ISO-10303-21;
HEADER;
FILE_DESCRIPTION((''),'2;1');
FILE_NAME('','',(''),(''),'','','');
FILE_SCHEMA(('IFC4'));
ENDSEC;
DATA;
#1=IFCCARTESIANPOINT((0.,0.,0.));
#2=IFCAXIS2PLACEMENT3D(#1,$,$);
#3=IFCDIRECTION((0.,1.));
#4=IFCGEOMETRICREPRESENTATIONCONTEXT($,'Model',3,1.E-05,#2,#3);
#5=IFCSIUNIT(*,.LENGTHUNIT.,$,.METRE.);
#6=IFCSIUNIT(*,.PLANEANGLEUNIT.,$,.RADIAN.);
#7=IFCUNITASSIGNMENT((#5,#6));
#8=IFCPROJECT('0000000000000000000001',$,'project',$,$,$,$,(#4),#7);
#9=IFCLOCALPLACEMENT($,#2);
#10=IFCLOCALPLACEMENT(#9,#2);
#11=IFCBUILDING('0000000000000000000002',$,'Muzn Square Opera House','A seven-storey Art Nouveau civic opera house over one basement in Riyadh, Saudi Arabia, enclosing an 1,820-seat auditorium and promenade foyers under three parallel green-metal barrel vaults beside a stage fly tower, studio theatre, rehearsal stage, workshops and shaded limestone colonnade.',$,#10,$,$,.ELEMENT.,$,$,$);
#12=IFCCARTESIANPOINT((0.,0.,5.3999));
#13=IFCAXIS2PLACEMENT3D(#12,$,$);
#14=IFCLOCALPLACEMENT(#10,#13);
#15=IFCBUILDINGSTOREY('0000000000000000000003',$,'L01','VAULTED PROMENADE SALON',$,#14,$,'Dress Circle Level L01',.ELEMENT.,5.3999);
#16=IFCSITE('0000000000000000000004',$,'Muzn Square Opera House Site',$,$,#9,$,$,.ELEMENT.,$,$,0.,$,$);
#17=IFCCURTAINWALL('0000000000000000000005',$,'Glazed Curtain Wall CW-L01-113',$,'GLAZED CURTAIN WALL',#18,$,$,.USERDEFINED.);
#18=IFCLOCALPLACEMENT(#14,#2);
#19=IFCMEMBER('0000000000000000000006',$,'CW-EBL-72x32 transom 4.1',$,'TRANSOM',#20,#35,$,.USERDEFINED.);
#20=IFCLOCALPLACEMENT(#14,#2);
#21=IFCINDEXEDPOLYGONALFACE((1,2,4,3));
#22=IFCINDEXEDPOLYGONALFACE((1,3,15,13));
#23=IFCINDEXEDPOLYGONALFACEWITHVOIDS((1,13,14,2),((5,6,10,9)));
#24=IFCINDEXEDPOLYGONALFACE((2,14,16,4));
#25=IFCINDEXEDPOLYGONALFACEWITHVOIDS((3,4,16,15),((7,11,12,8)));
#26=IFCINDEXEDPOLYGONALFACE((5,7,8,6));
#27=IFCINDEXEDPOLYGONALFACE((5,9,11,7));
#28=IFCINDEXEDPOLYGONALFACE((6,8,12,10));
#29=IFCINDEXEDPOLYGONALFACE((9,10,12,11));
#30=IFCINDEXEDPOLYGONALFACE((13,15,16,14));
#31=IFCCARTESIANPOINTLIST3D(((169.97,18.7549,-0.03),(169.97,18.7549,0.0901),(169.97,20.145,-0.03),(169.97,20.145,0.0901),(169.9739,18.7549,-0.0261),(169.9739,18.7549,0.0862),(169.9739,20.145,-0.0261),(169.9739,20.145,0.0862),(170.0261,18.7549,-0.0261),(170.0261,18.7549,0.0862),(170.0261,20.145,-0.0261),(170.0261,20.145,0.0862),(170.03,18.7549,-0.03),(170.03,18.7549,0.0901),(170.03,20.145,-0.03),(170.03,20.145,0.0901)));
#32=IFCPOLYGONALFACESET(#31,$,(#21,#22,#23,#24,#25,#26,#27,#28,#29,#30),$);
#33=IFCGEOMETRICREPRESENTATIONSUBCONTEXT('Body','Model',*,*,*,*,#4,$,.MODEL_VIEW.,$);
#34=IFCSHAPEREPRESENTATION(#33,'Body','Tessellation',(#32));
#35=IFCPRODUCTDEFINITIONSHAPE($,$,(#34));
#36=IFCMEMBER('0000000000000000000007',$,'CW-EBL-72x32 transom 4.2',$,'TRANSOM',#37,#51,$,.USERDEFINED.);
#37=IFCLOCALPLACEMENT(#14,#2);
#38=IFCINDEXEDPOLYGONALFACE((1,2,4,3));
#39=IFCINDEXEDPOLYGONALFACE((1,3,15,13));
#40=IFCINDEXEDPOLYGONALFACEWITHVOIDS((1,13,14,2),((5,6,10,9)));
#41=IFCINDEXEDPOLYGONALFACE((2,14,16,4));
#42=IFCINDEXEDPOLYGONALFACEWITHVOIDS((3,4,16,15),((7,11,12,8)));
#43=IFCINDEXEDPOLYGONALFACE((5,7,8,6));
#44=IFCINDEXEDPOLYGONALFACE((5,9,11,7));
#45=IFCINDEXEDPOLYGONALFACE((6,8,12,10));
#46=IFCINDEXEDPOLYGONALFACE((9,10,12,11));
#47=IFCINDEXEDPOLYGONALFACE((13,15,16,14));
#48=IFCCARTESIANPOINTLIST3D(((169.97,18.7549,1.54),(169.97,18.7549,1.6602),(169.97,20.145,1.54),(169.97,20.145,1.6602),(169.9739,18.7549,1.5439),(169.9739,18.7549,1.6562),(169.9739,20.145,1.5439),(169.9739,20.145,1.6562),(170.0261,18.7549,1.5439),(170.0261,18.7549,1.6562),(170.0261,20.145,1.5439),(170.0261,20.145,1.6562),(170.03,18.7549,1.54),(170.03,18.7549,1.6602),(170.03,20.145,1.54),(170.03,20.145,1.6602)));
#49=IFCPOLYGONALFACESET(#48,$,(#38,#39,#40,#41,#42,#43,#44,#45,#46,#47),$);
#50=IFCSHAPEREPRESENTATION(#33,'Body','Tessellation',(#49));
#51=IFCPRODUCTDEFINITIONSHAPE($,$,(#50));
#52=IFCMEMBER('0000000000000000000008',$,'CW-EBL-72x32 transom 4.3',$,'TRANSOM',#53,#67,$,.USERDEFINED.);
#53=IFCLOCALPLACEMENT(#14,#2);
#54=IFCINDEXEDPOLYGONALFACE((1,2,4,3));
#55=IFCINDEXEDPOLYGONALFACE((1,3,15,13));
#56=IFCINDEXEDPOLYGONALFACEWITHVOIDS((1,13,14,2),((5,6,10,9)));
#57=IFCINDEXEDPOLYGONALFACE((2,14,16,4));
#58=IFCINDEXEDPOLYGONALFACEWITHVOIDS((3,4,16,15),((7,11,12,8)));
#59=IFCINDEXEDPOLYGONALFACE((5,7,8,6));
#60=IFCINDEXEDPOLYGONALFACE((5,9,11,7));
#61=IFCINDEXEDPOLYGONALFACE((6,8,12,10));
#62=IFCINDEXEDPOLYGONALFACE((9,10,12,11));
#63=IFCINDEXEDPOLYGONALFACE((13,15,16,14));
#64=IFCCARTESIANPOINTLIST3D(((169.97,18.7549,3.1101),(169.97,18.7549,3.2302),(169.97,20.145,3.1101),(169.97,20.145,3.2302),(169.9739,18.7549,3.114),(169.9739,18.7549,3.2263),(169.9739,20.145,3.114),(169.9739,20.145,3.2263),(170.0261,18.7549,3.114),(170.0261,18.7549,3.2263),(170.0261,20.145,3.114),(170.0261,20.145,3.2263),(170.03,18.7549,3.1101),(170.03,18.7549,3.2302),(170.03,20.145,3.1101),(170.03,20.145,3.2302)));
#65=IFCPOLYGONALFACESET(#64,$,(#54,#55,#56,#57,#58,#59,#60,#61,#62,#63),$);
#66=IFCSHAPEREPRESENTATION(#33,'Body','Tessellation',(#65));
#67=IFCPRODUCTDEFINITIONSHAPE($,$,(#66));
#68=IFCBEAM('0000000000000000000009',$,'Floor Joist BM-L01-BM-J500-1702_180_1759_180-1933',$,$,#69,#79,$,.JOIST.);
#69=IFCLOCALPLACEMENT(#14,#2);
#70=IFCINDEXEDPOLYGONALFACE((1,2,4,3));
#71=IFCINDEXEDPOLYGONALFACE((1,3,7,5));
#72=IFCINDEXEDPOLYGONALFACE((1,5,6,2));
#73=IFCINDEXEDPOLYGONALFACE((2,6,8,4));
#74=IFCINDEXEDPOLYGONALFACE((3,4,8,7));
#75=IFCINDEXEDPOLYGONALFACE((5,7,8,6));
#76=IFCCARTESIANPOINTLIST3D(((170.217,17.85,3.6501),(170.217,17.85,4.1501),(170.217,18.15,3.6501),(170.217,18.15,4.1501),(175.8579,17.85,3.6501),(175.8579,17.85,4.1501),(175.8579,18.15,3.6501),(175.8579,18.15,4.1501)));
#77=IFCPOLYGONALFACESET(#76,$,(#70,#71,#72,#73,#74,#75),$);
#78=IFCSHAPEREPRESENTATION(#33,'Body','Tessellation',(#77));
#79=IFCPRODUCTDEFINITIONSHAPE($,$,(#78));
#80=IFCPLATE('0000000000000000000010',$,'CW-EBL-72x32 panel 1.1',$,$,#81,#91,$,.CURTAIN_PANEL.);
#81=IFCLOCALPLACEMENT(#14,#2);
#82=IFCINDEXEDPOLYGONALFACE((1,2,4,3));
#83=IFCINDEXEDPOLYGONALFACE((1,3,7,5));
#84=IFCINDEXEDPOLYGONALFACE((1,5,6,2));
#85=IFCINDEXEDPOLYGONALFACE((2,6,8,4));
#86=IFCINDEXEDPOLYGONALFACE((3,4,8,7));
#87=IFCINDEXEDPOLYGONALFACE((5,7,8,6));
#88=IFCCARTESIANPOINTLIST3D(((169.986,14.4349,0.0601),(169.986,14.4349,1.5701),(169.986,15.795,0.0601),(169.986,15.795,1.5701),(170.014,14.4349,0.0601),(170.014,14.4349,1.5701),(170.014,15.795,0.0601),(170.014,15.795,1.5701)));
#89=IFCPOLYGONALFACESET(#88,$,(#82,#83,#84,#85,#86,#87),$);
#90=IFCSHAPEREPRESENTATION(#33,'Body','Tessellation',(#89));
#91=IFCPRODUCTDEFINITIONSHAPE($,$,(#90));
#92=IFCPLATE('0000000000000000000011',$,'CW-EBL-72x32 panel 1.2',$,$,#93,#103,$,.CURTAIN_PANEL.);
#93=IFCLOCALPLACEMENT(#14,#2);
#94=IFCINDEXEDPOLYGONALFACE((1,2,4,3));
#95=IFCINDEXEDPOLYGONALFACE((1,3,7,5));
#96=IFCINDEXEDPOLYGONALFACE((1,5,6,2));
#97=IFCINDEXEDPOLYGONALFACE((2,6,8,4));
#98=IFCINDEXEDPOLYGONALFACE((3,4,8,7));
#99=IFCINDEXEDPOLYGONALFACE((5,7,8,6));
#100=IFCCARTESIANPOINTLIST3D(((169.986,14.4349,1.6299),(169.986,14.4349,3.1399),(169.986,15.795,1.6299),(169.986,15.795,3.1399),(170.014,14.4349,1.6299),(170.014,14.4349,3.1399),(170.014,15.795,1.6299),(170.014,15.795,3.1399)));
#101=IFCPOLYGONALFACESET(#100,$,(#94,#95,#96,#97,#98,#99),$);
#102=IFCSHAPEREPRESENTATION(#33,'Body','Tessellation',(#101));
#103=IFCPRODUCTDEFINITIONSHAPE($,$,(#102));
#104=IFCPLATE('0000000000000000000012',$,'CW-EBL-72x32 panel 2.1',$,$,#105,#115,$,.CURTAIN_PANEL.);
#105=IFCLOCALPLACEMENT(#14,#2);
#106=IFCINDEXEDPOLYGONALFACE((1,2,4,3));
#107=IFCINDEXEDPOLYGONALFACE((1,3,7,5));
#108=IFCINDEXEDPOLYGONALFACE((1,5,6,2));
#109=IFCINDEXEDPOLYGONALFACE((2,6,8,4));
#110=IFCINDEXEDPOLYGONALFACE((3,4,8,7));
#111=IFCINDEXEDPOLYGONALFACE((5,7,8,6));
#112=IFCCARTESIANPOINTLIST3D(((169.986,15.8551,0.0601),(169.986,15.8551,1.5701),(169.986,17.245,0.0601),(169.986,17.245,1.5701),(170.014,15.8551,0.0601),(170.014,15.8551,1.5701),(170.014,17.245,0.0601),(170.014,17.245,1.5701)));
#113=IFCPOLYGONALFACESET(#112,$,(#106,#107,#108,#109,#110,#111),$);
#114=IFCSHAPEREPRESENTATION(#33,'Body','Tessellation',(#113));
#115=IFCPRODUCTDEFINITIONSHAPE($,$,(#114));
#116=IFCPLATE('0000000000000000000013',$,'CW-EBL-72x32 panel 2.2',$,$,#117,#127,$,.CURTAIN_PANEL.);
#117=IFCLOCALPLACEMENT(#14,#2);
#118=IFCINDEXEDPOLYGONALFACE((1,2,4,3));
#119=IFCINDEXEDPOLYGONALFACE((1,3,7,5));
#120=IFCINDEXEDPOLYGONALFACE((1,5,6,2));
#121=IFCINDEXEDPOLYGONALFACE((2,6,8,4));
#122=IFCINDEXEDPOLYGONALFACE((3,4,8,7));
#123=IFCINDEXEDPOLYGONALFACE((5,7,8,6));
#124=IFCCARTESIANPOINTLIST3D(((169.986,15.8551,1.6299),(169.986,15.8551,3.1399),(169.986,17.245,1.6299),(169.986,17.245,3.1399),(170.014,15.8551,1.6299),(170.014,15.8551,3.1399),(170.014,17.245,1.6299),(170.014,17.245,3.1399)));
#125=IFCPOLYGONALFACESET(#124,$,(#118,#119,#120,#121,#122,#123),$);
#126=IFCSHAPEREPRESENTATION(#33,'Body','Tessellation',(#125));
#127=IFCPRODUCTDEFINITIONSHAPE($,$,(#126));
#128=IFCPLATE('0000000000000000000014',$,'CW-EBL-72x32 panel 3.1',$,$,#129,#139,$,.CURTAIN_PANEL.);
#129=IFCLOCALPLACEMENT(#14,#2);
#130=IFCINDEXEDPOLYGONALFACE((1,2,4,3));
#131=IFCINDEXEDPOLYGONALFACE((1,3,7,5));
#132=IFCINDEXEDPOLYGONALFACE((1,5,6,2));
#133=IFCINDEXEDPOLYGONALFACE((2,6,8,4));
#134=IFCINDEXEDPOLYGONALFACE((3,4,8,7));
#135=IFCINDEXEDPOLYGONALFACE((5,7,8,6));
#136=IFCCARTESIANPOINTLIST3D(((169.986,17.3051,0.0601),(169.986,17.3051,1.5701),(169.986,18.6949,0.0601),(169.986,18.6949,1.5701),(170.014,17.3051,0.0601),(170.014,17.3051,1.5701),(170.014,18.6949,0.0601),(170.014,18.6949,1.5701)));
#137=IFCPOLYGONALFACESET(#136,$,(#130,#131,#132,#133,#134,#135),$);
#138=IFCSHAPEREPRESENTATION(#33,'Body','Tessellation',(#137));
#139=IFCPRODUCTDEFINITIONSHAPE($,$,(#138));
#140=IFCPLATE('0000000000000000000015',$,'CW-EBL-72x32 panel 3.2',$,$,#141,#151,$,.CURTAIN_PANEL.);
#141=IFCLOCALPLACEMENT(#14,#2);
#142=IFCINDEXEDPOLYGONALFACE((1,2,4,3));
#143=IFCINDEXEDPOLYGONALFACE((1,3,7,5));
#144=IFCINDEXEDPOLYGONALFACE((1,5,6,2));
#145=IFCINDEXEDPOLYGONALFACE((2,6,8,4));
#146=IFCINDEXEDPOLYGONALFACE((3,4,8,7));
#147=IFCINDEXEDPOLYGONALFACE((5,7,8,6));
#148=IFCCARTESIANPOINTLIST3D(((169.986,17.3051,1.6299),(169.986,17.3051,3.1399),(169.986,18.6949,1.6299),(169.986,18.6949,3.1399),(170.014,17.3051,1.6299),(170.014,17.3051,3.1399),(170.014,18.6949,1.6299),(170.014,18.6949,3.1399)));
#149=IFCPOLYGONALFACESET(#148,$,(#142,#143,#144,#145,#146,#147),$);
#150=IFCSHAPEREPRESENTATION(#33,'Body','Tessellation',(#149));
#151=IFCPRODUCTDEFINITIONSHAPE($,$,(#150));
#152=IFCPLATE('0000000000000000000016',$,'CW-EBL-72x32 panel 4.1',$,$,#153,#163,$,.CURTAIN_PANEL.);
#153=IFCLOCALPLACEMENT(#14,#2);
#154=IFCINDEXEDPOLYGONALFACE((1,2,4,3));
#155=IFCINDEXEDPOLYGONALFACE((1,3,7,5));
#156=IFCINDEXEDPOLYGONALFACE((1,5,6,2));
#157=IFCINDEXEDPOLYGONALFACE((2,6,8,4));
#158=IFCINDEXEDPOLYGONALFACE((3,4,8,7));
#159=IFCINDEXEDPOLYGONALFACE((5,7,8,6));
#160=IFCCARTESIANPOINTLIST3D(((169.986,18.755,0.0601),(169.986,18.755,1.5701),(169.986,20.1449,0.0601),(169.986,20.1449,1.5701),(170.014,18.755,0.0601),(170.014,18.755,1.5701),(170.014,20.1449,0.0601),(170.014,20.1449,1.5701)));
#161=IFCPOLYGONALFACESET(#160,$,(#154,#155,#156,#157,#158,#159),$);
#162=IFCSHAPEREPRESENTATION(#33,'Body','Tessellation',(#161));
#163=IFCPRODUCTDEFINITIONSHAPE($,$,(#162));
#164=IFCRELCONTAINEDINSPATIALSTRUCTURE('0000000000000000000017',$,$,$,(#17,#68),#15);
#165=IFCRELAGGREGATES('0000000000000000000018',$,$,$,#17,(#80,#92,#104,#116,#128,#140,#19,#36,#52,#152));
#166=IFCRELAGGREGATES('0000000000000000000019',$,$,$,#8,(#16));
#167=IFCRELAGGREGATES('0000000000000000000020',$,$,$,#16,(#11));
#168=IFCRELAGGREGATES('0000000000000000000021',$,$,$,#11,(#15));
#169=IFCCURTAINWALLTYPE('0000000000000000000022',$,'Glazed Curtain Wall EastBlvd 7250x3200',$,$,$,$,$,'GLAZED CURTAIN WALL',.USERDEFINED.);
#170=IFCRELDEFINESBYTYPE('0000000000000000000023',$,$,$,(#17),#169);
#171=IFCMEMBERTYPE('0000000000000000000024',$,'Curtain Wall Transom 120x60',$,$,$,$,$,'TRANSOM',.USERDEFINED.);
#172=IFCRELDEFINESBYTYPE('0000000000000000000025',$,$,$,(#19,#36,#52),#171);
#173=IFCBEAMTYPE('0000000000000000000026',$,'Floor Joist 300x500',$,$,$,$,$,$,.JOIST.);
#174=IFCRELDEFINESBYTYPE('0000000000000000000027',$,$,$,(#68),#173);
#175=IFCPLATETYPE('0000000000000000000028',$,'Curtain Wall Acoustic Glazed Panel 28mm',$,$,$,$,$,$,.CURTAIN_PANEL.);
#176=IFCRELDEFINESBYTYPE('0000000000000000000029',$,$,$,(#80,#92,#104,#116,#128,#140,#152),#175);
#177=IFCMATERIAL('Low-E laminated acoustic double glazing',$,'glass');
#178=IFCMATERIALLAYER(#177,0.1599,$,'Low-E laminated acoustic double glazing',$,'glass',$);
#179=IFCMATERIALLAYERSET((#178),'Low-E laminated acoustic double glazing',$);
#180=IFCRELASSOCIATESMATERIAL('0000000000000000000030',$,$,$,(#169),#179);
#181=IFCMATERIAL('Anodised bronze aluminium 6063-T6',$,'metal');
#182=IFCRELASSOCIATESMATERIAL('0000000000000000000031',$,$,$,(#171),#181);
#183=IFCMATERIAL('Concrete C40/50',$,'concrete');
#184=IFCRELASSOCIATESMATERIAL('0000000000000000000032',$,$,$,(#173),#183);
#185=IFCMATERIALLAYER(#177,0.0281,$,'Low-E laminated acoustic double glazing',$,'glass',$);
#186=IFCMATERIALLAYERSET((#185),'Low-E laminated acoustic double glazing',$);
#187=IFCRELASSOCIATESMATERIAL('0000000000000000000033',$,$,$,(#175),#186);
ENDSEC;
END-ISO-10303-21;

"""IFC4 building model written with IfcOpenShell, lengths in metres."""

from ifc_helpers import new_model, si_unit, direction, frame, origin, origin_2d, place, context, subcontext, project, spatial, rectangle, hollow_rectangle, extrude, material, layer, layer_set, material_profile, profile_set, type_object, element, aggregate, save


model = new_model("IFC4")

# Units and contexts
model_context = context("Model", 3, precision=1e-05, world=origin(), true_north=direction((0.0, 1.0)))
body_context = subcontext(model_context, "Body", "Model", "MODEL_VIEW")
ifc_project = project(units=[si_unit("LENGTHUNIT", "METRE"), si_unit("PLANEANGLEUNIT", "RADIAN")], contexts=[model_context])

# Site, building, storey
site_placement = place(None, origin())
site = spatial("IfcSite", under=ifc_project, at=site_placement, Name="Muzn Square Opera House Site", CompositionType="ELEMENT", RefElevation=0.0)
building_placement = place(site_placement, origin())
building = spatial("IfcBuilding", under=site, at=building_placement, Name="Muzn Square Opera House", Description="A seven-storey Art Nouveau civic opera house over one basement in Riyadh, Saudi Arabia, enclosing an 1,820-seat auditorium and promenade foyers under three parallel green-metal barrel vaults beside a stage fly tower, studio theatre, rehearsal stage, workshops and shaded limestone colonnade.", CompositionType="ELEMENT")
storey_placement = place(building_placement, frame((0.0, 0.0, 5.3999)))
storey = spatial("IfcBuildingStorey", under=building, at=storey_placement, Name="L01", Description="VAULTED PROMENADE SALON", LongName="Dress Circle Level L01", CompositionType="ELEMENT", Elevation=5.3999)

# Curtain wall, members
ifc_material_1 = material(Name="Low-E laminated acoustic double glazing", Category="glass")
ifc_layer_1 = layer(ifc_material_1, 0.1599, Name="Low-E laminated acoustic double glazing", Category="glass")
ifc_layer_set_1 = layer_set([ifc_layer_1], Name="Low-E laminated acoustic double glazing")
curtain_wall_type = type_object("IfcCurtainWallType", Name="Glazed Curtain Wall EastBlvd 7250x3200", ElementType="GLAZED CURTAIN WALL", PredefinedType="USERDEFINED", material=ifc_layer_set_1)
curtain_wall_placement = place(storey_placement, origin())
curtain_wall = element("IfcCurtainWall", 1, at=curtain_wall_placement, inside=storey, type_object=curtain_wall_type, Name="Glazed Curtain Wall CW-L01-113", ObjectType="GLAZED CURTAIN WALL", PredefinedType="USERDEFINED")
ifc_material_2 = material(Name="Anodised bronze aluminium 6063-T6", Category="metal")
ifc_material_profile_1 = material_profile(ifc_material_2, hollow_rectangle(XDim=0.0601, YDim=0.1201, WallThickness=0.0039, at=origin_2d()), Name="ALU 120x60x4", Category="metal")
ifc_profile_set_1 = profile_set([ifc_material_profile_1], Name="Anodised bronze aluminium 6063-T6")
member_type_1 = type_object("IfcMemberType", Name="Curtain Wall Transom 120x60", ElementType="TRANSOM", PredefinedType="USERDEFINED", material=ifc_profile_set_1)
member_1_placement = place(storey_placement, frame((170.0, 18.7549, 0.03), z_axis=(0.0, 1.0, 0.0), x_axis=(-1.0, 0.0, 0.0)))
member_1 = element("IfcMember", 2, at=member_1_placement, type_object=member_type_1, Name="CW-EBL-72x32 transom 4.1", ObjectType="TRANSOM", PredefinedType="USERDEFINED", context=body_context, shape_type="SweptSolid", body=[
    extrude(hollow_rectangle(XDim=0.0601, YDim=0.1201, WallThickness=0.0039, at=origin_2d()), origin(), (0.0, 0.0, 1.0), 1.3901),
])
member_2_placement = place(storey_placement, frame((170.0, 18.7549, 1.6001), z_axis=(0.0, 1.0, 0.0), x_axis=(-1.0, 0.0, 0.0)))
member_2 = element("IfcMember", 3, at=member_2_placement, type_object=member_type_1, Name="CW-EBL-72x32 transom 4.2", ObjectType="TRANSOM", PredefinedType="USERDEFINED", context=body_context, shape_type="SweptSolid", body=[
    extrude(hollow_rectangle(XDim=0.0601, YDim=0.1201, WallThickness=0.0039, at=origin_2d()), origin(), (0.0, 0.0, 1.0), 1.3901),
])
member_3_placement = place(storey_placement, frame((170.0, 18.7549, 3.1702), z_axis=(0.0, 1.0, 0.0), x_axis=(-1.0, 0.0, 0.0)))
member_3 = element("IfcMember", 4, at=member_3_placement, type_object=member_type_1, Name="CW-EBL-72x32 transom 4.3", ObjectType="TRANSOM", PredefinedType="USERDEFINED", context=body_context, shape_type="SweptSolid", body=[
    extrude(hollow_rectangle(XDim=0.0601, YDim=0.1201, WallThickness=0.0039, at=origin_2d()), origin(), (0.0, 0.0, 1.0), 1.3901),
])

# Beam
ifc_material_3 = material(Name="Concrete C40/50", Category="concrete")
ifc_material_profile_2 = material_profile(ifc_material_3, rectangle(XDim=0.3, YDim=0.5, at=origin_2d()), Name="RCJ 300x500", Category="concrete")
ifc_profile_set_2 = profile_set([ifc_material_profile_2], Name="Concrete C40/50")
beam_type = type_object("IfcBeamType", Name="Floor Joist 300x500", PredefinedType="JOIST", material=ifc_profile_set_2)
beam_placement = place(storey_placement, frame((170.217, 18.0, 3.9001), z_axis=(1.0, 0.0, 0.0), x_axis=(0.0, 1.0, 0.0)))
element("IfcBeam", 5, at=beam_placement, inside=storey, type_object=beam_type, Name="Floor Joist BM-L01-BM-J500-1702_180_1759_180-1933", PredefinedType="JOIST", context=body_context, shape_type="SweptSolid", body=[
    extrude(rectangle(XDim=0.3, YDim=0.5, at=origin_2d()), origin(), (0.0, 0.0, 1.0), 5.6409),
])

# Plates
ifc_layer_2 = layer(ifc_material_1, 0.0281, Name="Low-E laminated acoustic double glazing", Category="glass")
ifc_layer_set_2 = layer_set([ifc_layer_2], Name="Low-E laminated acoustic double glazing")
plate_type = type_object("IfcPlateType", Name="Curtain Wall Acoustic Glazed Panel 28mm", PredefinedType="CURTAIN_PANEL", material=ifc_layer_set_2)
plate_1_placement = place(storey_placement, frame((170.0, 15.115, 0.0601), z_axis=(0.0, 0.0, 1.0), x_axis=(0.0, 1.0, 0.0)))
plate_1 = element("IfcPlate", 6, at=plate_1_placement, type_object=plate_type, Name="CW-EBL-72x32 panel 1.1", PredefinedType="CURTAIN_PANEL", context=body_context, shape_type="SweptSolid", body=[
    extrude(rectangle(XDim=1.3601, YDim=0.0281, at=origin_2d()), origin(), (0.0, 0.0, 1.0), 1.51),
])
plate_2_placement = place(storey_placement, frame((170.0, 15.115, 1.6299), z_axis=(0.0, 0.0, 1.0), x_axis=(0.0, 1.0, 0.0)))
plate_2 = element("IfcPlate", 7, at=plate_2_placement, type_object=plate_type, Name="CW-EBL-72x32 panel 1.2", PredefinedType="CURTAIN_PANEL", context=body_context, shape_type="SweptSolid", body=[
    extrude(rectangle(XDim=1.3601, YDim=0.0281, at=origin_2d()), origin(), (0.0, 0.0, 1.0), 1.51),
])
plate_3_placement = place(storey_placement, frame((170.0, 16.55, 0.0601), z_axis=(0.0, 0.0, 1.0), x_axis=(0.0, 1.0, 0.0)))
plate_3 = element("IfcPlate", 8, at=plate_3_placement, type_object=plate_type, Name="CW-EBL-72x32 panel 2.1", PredefinedType="CURTAIN_PANEL", context=body_context, shape_type="SweptSolid", body=[
    extrude(rectangle(XDim=1.3899, YDim=0.0281, at=origin_2d()), origin(), (0.0, 0.0, 1.0), 1.51),
])
plate_4_placement = place(storey_placement, frame((170.0, 16.55, 1.6299), z_axis=(0.0, 0.0, 1.0), x_axis=(0.0, 1.0, 0.0)))
plate_4 = element("IfcPlate", 9, at=plate_4_placement, type_object=plate_type, Name="CW-EBL-72x32 panel 2.2", PredefinedType="CURTAIN_PANEL", context=body_context, shape_type="SweptSolid", body=[
    extrude(rectangle(XDim=1.3899, YDim=0.0281, at=origin_2d()), origin(), (0.0, 0.0, 1.0), 1.51),
])
plate_5_placement = place(storey_placement, frame((170.0, 18.0, 0.0601), z_axis=(0.0, 0.0, 1.0), x_axis=(0.0, 1.0, 0.0)))
plate_5 = element("IfcPlate", 10, at=plate_5_placement, type_object=plate_type, Name="CW-EBL-72x32 panel 3.1", PredefinedType="CURTAIN_PANEL", context=body_context, shape_type="SweptSolid", body=[
    extrude(rectangle(XDim=1.3899, YDim=0.0281, at=origin_2d()), origin(), (0.0, 0.0, 1.0), 1.51),
])
plate_6_placement = place(storey_placement, frame((170.0, 18.0, 1.6299), z_axis=(0.0, 0.0, 1.0), x_axis=(0.0, 1.0, 0.0)))
plate_6 = element("IfcPlate", 11, at=plate_6_placement, type_object=plate_type, Name="CW-EBL-72x32 panel 3.2", PredefinedType="CURTAIN_PANEL", context=body_context, shape_type="SweptSolid", body=[
    extrude(rectangle(XDim=1.3899, YDim=0.0281, at=origin_2d()), origin(), (0.0, 0.0, 1.0), 1.51),
])
plate_7_placement = place(storey_placement, frame((170.0, 19.45, 0.0601), z_axis=(0.0, 0.0, 1.0), x_axis=(0.0, 1.0, 0.0)))
plate_7 = element("IfcPlate", 12, at=plate_7_placement, type_object=plate_type, Name="CW-EBL-72x32 panel 4.1", PredefinedType="CURTAIN_PANEL", context=body_context, shape_type="SweptSolid", body=[
    extrude(rectangle(XDim=1.3899, YDim=0.0281, at=origin_2d()), origin(), (0.0, 0.0, 1.0), 1.51),
])
aggregate(curtain_wall, [plate_1, plate_2, plate_3, plate_4, plate_5, plate_6, member_1, member_2, member_3, plate_7])

save(model, "model.ifc")
